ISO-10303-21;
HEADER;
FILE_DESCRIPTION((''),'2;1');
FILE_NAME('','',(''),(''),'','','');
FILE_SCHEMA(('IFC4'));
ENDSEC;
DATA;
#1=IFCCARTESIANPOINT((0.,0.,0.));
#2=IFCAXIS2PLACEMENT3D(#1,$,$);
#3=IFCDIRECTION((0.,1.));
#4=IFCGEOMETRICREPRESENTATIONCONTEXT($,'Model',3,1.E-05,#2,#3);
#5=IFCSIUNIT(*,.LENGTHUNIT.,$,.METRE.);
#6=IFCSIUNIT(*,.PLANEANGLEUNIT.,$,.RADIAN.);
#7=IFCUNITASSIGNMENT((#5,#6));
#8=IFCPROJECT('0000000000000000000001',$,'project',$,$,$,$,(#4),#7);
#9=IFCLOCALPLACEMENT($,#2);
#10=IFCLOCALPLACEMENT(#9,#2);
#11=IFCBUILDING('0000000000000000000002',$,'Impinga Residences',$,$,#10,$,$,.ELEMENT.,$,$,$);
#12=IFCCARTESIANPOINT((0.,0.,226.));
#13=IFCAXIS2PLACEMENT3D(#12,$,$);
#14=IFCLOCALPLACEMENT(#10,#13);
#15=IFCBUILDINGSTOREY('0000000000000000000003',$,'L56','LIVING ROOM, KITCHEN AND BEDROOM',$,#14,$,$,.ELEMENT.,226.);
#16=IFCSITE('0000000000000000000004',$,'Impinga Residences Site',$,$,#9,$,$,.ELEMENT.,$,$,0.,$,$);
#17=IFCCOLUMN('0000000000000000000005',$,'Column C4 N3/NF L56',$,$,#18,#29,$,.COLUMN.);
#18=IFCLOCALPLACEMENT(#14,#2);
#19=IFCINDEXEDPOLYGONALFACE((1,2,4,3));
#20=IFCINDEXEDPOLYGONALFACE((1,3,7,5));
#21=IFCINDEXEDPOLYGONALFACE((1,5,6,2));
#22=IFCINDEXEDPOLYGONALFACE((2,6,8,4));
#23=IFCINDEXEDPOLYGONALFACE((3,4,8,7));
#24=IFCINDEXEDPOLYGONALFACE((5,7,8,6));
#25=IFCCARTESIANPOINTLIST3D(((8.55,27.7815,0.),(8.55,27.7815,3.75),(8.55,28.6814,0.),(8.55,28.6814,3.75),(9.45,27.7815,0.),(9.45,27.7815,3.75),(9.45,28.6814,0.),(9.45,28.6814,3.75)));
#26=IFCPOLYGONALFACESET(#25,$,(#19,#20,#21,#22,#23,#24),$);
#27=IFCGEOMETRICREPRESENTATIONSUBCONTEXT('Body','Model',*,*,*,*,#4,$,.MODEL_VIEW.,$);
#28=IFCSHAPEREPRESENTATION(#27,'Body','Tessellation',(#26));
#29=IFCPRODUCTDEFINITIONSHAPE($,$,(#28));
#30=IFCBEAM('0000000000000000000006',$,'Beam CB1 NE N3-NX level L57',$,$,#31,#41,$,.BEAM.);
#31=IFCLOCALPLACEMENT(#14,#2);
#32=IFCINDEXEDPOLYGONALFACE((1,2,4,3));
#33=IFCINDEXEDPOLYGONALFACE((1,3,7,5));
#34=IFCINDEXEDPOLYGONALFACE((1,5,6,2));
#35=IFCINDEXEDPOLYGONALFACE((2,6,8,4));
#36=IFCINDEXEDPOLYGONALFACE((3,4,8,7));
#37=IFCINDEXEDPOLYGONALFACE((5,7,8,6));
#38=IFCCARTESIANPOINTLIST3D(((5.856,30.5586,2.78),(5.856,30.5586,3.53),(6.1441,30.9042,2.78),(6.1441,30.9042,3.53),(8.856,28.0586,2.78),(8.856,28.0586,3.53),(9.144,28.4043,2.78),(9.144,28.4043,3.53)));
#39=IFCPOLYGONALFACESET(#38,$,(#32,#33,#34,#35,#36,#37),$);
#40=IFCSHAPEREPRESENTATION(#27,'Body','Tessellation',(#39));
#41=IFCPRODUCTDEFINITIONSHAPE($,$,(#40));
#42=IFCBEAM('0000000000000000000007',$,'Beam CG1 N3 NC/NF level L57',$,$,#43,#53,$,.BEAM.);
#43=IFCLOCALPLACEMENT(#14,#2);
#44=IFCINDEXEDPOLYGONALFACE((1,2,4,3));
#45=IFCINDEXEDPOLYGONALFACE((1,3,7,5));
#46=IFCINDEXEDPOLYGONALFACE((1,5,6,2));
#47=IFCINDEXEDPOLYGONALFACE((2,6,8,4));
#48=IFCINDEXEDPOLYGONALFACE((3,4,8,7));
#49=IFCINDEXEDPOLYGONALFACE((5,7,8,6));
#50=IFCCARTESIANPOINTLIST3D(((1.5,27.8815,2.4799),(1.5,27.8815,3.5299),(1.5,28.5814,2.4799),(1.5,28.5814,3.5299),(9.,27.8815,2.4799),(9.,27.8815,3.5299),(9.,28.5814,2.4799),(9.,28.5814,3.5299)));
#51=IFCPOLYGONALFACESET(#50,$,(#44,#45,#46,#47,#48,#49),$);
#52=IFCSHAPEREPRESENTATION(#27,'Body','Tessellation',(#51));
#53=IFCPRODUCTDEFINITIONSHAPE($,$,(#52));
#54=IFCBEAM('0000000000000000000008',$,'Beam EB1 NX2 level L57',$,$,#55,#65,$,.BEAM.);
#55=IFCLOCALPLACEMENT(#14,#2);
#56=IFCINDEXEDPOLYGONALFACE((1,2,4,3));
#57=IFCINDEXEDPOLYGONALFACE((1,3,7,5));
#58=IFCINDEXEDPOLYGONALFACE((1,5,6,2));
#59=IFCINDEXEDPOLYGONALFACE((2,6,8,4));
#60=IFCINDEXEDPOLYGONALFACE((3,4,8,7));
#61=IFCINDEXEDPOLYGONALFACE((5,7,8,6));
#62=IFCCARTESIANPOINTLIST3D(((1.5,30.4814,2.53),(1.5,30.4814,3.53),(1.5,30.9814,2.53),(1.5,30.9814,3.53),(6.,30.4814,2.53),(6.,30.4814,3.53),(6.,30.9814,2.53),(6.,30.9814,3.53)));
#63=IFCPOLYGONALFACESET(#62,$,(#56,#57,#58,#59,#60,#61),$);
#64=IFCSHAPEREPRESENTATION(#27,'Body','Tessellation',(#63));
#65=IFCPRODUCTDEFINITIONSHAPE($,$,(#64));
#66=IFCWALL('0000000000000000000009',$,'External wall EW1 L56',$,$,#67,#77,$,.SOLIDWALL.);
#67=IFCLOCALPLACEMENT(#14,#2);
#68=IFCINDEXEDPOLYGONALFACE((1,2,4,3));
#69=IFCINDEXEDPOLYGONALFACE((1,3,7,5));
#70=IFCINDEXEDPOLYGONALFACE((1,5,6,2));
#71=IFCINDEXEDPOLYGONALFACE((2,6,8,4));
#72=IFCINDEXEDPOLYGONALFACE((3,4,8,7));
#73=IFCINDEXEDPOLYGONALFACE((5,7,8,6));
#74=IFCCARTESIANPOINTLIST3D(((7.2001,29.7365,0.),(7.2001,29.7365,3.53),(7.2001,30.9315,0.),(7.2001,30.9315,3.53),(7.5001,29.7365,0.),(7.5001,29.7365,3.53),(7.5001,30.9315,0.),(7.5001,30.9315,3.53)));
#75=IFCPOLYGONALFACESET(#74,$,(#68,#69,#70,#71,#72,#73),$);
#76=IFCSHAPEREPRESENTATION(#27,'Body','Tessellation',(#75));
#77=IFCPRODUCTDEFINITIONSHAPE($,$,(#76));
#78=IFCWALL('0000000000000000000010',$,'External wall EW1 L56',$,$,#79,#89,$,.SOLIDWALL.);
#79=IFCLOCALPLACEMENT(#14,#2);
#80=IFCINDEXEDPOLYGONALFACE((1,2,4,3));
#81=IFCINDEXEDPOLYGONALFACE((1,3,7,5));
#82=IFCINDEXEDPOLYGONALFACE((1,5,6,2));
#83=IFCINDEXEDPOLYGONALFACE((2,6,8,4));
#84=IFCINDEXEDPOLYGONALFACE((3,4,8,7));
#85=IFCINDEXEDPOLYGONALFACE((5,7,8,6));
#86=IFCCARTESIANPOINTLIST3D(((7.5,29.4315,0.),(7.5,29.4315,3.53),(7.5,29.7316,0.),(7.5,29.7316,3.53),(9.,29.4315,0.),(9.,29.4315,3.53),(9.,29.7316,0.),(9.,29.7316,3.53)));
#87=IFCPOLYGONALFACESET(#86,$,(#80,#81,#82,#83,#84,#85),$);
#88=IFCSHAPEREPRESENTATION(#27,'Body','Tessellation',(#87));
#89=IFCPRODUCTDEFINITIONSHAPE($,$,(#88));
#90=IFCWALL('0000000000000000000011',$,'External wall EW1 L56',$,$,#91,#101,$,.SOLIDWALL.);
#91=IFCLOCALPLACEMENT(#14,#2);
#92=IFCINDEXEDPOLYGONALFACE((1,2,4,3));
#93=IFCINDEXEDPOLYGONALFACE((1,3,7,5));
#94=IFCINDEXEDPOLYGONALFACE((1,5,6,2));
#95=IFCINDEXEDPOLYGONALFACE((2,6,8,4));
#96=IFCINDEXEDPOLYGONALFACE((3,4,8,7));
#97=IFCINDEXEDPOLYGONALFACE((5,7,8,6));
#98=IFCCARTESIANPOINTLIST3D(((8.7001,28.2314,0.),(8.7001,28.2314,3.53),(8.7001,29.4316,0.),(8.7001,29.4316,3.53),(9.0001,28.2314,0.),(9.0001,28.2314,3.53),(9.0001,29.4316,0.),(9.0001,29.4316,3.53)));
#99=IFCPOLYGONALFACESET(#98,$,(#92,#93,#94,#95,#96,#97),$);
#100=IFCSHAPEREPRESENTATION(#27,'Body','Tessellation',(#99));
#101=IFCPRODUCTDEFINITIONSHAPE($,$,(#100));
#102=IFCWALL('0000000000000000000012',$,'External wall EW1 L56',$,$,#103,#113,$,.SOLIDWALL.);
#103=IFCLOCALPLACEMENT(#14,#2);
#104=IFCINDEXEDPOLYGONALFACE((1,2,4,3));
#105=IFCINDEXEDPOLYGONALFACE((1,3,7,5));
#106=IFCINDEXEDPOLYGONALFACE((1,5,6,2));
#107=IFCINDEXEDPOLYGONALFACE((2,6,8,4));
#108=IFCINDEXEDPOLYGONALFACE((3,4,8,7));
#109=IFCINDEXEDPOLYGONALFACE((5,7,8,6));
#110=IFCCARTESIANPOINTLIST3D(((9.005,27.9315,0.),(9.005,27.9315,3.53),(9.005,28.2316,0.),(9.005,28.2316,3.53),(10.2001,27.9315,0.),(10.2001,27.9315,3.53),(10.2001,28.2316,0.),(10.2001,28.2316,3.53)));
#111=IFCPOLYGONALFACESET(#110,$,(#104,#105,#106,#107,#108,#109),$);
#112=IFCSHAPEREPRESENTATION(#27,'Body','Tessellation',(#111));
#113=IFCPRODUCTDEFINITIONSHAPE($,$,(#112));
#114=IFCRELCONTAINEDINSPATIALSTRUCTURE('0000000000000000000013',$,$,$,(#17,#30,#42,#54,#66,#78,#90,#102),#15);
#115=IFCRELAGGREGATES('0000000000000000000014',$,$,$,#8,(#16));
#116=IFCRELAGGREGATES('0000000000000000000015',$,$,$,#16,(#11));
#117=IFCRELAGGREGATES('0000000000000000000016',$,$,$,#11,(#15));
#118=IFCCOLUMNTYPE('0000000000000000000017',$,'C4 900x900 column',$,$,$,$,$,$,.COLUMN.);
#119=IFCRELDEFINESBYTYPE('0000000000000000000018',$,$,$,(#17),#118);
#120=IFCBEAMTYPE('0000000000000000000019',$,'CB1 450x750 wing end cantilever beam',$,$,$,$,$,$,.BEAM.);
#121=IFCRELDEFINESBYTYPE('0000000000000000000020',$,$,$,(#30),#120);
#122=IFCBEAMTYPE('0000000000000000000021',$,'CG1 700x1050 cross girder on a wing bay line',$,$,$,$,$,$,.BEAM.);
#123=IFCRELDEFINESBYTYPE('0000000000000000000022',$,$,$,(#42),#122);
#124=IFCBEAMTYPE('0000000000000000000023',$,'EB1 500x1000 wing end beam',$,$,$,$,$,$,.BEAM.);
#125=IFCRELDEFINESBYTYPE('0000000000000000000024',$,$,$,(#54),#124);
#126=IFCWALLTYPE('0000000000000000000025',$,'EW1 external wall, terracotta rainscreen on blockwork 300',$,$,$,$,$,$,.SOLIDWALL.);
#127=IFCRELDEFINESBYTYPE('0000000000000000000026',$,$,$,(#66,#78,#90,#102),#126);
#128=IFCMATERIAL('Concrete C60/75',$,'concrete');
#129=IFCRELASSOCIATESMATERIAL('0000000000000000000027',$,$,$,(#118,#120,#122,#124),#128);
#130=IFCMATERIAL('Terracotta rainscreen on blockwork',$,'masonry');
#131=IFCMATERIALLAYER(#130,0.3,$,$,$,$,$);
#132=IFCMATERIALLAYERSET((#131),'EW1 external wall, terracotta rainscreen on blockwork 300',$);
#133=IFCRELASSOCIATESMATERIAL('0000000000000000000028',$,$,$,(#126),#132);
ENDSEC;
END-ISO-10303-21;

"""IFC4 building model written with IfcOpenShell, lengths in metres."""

from ifc_helpers import new_model, si_unit, direction, frame, frame_2d, origin, origin_2d, place, context, subcontext, project, spatial, rectangle, extrude, material, layer, layer_set, material_profile, profile_set, type_object, element, save


model = new_model("IFC4")

# Units and contexts
model_context = context("Model", 3, precision=1e-05, world=origin(), true_north=direction((0.0, 1.0)))
body_context = subcontext(model_context, "Body", "Model", "MODEL_VIEW")
ifc_project = project(units=[si_unit("LENGTHUNIT", "METRE"), si_unit("PLANEANGLEUNIT", "RADIAN")], contexts=[model_context])

# Site, building, storey
site_placement = place(None, origin())
site = spatial("IfcSite", under=ifc_project, at=site_placement, Name="Impinga Residences Site", CompositionType="ELEMENT", RefElevation=0.0)
building_placement = place(site_placement, origin())
building = spatial("IfcBuilding", under=site, at=building_placement, Name="Impinga Residences", CompositionType="ELEMENT")
storey_placement = place(building_placement, frame((0.0, 0.0, 226.0)))
storey = spatial("IfcBuildingStorey", under=building, at=storey_placement, Name="L56", Description="LIVING ROOM, KITCHEN AND BEDROOM", CompositionType="ELEMENT", Elevation=226.0)

# Column
ifc_material_1 = material(Name="Concrete C60/75", Category="concrete")
ifc_material_profile_1 = material_profile(ifc_material_1, rectangle(XDim=0.8999, YDim=0.8999, at=origin_2d()), Name="RC 900x900")
ifc_profile_set_1 = profile_set([ifc_material_profile_1], Name="Concrete C60/75")
column_type = type_object("IfcColumnType", Name="C4 900x900 column", PredefinedType="COLUMN", material=ifc_profile_set_1)
column_placement = place(storey_placement, frame((9.0, 28.2314, 0.0), z_axis=(0.0, 0.0, 1.0), x_axis=(1.0, 0.0, 0.0)))
element("IfcColumn", 1, at=column_placement, inside=storey, type_object=column_type, Name="Column C4 N3/NF L56", PredefinedType="COLUMN", context=body_context, shape_type="SweptSolid", body=[
    extrude(rectangle(XDim=0.8999, YDim=0.8999, at=origin_2d()), origin(), (0.0, 0.0, 1.0), 3.75),
])

# Beams
ifc_material_profile_2 = material_profile(ifc_material_1, rectangle(XDim=0.45, YDim=0.75, at=origin_2d()), Name="RC 450x750")
ifc_profile_set_2 = profile_set([ifc_material_profile_2], Name="Concrete C60/75")
beam_type_1 = type_object("IfcBeamType", Name="CB1 450x750 wing end cantilever beam", PredefinedType="BEAM", material=ifc_profile_set_2)
beam_1_placement = place(storey_placement, frame((9.0, 28.2314, 3.155), z_axis=(-0.768221, 0.640184, 0.0), x_axis=(-0.640184, -0.768221, 0.0)))
element("IfcBeam", 2, at=beam_1_placement, inside=storey, type_object=beam_type_1, Name="Beam CB1 NE N3-NX level L57", PredefinedType="BEAM", context=body_context, shape_type="SweptSolid", body=[
    extrude(rectangle(XDim=0.45, YDim=0.75, at=origin_2d()), origin(), (0.0, 0.0, 1.0), 3.905),
])
ifc_material_profile_3 = material_profile(ifc_material_1, rectangle(XDim=0.7, YDim=1.05, at=origin_2d()), Name="RC 700x1050")
ifc_profile_set_3 = profile_set([ifc_material_profile_3], Name="Concrete C60/75")
beam_type_2 = type_object("IfcBeamType", Name="CG1 700x1050 cross girder on a wing bay line", PredefinedType="BEAM", material=ifc_profile_set_3)
beam_2_placement = place(storey_placement, frame((1.5, 28.2314, 3.0049), z_axis=(1.0, 0.0, 0.0), x_axis=(0.0, 1.0, 0.0)))
element("IfcBeam", 3, at=beam_2_placement, inside=storey, type_object=beam_type_2, Name="Beam CG1 N3 NC/NF level L57", PredefinedType="BEAM", context=body_context, shape_type="SweptSolid", body=[
    extrude(rectangle(XDim=0.7, YDim=1.05, at=origin_2d()), origin(), (0.0, 0.0, 1.0), 7.5),
])
ifc_material_profile_4 = material_profile(ifc_material_1, rectangle(XDim=0.5, YDim=1.0, at=origin_2d()), Name="RC 500x1000")
ifc_profile_set_4 = profile_set([ifc_material_profile_4], Name="Concrete C60/75")
beam_type_3 = type_object("IfcBeamType", Name="EB1 500x1000 wing end beam", PredefinedType="BEAM", material=ifc_profile_set_4)
beam_3_placement = place(storey_placement, frame((1.5, 30.7314, 3.03), z_axis=(1.0, 0.0, 0.0), x_axis=(0.0, 1.0, 0.0)))
element("IfcBeam", 4, at=beam_3_placement, inside=storey, type_object=beam_type_3, Name="Beam EB1 NX2 level L57", PredefinedType="BEAM", context=body_context, shape_type="SweptSolid", body=[
    extrude(rectangle(XDim=0.5, YDim=1.0, at=origin_2d()), origin(), (0.0, 0.0, 1.0), 4.5),
])

# Walls
ifc_material_2 = material(Name="Terracotta rainscreen on blockwork", Category="masonry")
ifc_layer_1 = layer(ifc_material_2, 0.3)
ifc_layer_set_1 = layer_set([ifc_layer_1], Name="EW1 external wall, terracotta rainscreen on blockwork 300")
wall_type_1 = type_object("IfcWallType", Name="EW1 external wall, terracotta rainscreen on blockwork 300", PredefinedType="SOLIDWALL", material=ifc_layer_set_1)
wall_1_placement = place(storey_placement, frame((7.3501, 30.9316, 0.0), z_axis=(0.0, 0.0, 1.0), x_axis=(0.0, -1.0, 0.0)))
element("IfcWall", 5, at=wall_1_placement, inside=storey, type_object=wall_type_1, Name="External wall EW1 L56", PredefinedType="SOLIDWALL", context=body_context, shape_type="SweptSolid", body=[
    extrude(rectangle(XDim=1.1951, YDim=0.3, at=frame_2d((0.5977, 0.0))), origin(), (0.0, 0.0, 1.0), 3.53),
])
wall_2_placement = place(storey_placement, frame((7.5, 29.5815, 0.0), z_axis=(0.0, 0.0, 1.0), x_axis=(1.0, 0.0, 0.0)))
element("IfcWall", 6, at=wall_2_placement, inside=storey, type_object=wall_type_1, Name="External wall EW1 L56", PredefinedType="SOLIDWALL", context=body_context, shape_type="SweptSolid", body=[
    extrude(rectangle(XDim=1.5, YDim=0.3, at=frame_2d((0.75, 0.0))), origin(), (0.0, 0.0, 1.0), 3.53),
])
wall_3_placement = place(storey_placement, frame((8.8501, 29.4316, 0.0), z_axis=(0.0, 0.0, 1.0), x_axis=(0.0, -1.0, 0.0)))
element("IfcWall", 7, at=wall_3_placement, inside=storey, type_object=wall_type_1, Name="External wall EW1 L56", PredefinedType="SOLIDWALL", context=body_context, shape_type="SweptSolid", body=[
    extrude(rectangle(XDim=1.2002, YDim=0.3, at=frame_2d((0.6001, 0.0))), origin(), (0.0, 0.0, 1.0), 3.53),
])
wall_4_placement = place(storey_placement, frame((9.0049, 28.0815, 0.0), z_axis=(0.0, 0.0, 1.0), x_axis=(1.0, 0.0, 0.0)))
element("IfcWall", 8, at=wall_4_placement, inside=storey, type_object=wall_type_1, Name="External wall EW1 L56", PredefinedType="SOLIDWALL", context=body_context, shape_type="SweptSolid", body=[
    extrude(rectangle(XDim=1.1951, YDim=0.3, at=frame_2d((0.5977, 0.0))), origin(), (0.0, 0.0, 1.0), 3.53),
])

save(model, "model.ifc")
